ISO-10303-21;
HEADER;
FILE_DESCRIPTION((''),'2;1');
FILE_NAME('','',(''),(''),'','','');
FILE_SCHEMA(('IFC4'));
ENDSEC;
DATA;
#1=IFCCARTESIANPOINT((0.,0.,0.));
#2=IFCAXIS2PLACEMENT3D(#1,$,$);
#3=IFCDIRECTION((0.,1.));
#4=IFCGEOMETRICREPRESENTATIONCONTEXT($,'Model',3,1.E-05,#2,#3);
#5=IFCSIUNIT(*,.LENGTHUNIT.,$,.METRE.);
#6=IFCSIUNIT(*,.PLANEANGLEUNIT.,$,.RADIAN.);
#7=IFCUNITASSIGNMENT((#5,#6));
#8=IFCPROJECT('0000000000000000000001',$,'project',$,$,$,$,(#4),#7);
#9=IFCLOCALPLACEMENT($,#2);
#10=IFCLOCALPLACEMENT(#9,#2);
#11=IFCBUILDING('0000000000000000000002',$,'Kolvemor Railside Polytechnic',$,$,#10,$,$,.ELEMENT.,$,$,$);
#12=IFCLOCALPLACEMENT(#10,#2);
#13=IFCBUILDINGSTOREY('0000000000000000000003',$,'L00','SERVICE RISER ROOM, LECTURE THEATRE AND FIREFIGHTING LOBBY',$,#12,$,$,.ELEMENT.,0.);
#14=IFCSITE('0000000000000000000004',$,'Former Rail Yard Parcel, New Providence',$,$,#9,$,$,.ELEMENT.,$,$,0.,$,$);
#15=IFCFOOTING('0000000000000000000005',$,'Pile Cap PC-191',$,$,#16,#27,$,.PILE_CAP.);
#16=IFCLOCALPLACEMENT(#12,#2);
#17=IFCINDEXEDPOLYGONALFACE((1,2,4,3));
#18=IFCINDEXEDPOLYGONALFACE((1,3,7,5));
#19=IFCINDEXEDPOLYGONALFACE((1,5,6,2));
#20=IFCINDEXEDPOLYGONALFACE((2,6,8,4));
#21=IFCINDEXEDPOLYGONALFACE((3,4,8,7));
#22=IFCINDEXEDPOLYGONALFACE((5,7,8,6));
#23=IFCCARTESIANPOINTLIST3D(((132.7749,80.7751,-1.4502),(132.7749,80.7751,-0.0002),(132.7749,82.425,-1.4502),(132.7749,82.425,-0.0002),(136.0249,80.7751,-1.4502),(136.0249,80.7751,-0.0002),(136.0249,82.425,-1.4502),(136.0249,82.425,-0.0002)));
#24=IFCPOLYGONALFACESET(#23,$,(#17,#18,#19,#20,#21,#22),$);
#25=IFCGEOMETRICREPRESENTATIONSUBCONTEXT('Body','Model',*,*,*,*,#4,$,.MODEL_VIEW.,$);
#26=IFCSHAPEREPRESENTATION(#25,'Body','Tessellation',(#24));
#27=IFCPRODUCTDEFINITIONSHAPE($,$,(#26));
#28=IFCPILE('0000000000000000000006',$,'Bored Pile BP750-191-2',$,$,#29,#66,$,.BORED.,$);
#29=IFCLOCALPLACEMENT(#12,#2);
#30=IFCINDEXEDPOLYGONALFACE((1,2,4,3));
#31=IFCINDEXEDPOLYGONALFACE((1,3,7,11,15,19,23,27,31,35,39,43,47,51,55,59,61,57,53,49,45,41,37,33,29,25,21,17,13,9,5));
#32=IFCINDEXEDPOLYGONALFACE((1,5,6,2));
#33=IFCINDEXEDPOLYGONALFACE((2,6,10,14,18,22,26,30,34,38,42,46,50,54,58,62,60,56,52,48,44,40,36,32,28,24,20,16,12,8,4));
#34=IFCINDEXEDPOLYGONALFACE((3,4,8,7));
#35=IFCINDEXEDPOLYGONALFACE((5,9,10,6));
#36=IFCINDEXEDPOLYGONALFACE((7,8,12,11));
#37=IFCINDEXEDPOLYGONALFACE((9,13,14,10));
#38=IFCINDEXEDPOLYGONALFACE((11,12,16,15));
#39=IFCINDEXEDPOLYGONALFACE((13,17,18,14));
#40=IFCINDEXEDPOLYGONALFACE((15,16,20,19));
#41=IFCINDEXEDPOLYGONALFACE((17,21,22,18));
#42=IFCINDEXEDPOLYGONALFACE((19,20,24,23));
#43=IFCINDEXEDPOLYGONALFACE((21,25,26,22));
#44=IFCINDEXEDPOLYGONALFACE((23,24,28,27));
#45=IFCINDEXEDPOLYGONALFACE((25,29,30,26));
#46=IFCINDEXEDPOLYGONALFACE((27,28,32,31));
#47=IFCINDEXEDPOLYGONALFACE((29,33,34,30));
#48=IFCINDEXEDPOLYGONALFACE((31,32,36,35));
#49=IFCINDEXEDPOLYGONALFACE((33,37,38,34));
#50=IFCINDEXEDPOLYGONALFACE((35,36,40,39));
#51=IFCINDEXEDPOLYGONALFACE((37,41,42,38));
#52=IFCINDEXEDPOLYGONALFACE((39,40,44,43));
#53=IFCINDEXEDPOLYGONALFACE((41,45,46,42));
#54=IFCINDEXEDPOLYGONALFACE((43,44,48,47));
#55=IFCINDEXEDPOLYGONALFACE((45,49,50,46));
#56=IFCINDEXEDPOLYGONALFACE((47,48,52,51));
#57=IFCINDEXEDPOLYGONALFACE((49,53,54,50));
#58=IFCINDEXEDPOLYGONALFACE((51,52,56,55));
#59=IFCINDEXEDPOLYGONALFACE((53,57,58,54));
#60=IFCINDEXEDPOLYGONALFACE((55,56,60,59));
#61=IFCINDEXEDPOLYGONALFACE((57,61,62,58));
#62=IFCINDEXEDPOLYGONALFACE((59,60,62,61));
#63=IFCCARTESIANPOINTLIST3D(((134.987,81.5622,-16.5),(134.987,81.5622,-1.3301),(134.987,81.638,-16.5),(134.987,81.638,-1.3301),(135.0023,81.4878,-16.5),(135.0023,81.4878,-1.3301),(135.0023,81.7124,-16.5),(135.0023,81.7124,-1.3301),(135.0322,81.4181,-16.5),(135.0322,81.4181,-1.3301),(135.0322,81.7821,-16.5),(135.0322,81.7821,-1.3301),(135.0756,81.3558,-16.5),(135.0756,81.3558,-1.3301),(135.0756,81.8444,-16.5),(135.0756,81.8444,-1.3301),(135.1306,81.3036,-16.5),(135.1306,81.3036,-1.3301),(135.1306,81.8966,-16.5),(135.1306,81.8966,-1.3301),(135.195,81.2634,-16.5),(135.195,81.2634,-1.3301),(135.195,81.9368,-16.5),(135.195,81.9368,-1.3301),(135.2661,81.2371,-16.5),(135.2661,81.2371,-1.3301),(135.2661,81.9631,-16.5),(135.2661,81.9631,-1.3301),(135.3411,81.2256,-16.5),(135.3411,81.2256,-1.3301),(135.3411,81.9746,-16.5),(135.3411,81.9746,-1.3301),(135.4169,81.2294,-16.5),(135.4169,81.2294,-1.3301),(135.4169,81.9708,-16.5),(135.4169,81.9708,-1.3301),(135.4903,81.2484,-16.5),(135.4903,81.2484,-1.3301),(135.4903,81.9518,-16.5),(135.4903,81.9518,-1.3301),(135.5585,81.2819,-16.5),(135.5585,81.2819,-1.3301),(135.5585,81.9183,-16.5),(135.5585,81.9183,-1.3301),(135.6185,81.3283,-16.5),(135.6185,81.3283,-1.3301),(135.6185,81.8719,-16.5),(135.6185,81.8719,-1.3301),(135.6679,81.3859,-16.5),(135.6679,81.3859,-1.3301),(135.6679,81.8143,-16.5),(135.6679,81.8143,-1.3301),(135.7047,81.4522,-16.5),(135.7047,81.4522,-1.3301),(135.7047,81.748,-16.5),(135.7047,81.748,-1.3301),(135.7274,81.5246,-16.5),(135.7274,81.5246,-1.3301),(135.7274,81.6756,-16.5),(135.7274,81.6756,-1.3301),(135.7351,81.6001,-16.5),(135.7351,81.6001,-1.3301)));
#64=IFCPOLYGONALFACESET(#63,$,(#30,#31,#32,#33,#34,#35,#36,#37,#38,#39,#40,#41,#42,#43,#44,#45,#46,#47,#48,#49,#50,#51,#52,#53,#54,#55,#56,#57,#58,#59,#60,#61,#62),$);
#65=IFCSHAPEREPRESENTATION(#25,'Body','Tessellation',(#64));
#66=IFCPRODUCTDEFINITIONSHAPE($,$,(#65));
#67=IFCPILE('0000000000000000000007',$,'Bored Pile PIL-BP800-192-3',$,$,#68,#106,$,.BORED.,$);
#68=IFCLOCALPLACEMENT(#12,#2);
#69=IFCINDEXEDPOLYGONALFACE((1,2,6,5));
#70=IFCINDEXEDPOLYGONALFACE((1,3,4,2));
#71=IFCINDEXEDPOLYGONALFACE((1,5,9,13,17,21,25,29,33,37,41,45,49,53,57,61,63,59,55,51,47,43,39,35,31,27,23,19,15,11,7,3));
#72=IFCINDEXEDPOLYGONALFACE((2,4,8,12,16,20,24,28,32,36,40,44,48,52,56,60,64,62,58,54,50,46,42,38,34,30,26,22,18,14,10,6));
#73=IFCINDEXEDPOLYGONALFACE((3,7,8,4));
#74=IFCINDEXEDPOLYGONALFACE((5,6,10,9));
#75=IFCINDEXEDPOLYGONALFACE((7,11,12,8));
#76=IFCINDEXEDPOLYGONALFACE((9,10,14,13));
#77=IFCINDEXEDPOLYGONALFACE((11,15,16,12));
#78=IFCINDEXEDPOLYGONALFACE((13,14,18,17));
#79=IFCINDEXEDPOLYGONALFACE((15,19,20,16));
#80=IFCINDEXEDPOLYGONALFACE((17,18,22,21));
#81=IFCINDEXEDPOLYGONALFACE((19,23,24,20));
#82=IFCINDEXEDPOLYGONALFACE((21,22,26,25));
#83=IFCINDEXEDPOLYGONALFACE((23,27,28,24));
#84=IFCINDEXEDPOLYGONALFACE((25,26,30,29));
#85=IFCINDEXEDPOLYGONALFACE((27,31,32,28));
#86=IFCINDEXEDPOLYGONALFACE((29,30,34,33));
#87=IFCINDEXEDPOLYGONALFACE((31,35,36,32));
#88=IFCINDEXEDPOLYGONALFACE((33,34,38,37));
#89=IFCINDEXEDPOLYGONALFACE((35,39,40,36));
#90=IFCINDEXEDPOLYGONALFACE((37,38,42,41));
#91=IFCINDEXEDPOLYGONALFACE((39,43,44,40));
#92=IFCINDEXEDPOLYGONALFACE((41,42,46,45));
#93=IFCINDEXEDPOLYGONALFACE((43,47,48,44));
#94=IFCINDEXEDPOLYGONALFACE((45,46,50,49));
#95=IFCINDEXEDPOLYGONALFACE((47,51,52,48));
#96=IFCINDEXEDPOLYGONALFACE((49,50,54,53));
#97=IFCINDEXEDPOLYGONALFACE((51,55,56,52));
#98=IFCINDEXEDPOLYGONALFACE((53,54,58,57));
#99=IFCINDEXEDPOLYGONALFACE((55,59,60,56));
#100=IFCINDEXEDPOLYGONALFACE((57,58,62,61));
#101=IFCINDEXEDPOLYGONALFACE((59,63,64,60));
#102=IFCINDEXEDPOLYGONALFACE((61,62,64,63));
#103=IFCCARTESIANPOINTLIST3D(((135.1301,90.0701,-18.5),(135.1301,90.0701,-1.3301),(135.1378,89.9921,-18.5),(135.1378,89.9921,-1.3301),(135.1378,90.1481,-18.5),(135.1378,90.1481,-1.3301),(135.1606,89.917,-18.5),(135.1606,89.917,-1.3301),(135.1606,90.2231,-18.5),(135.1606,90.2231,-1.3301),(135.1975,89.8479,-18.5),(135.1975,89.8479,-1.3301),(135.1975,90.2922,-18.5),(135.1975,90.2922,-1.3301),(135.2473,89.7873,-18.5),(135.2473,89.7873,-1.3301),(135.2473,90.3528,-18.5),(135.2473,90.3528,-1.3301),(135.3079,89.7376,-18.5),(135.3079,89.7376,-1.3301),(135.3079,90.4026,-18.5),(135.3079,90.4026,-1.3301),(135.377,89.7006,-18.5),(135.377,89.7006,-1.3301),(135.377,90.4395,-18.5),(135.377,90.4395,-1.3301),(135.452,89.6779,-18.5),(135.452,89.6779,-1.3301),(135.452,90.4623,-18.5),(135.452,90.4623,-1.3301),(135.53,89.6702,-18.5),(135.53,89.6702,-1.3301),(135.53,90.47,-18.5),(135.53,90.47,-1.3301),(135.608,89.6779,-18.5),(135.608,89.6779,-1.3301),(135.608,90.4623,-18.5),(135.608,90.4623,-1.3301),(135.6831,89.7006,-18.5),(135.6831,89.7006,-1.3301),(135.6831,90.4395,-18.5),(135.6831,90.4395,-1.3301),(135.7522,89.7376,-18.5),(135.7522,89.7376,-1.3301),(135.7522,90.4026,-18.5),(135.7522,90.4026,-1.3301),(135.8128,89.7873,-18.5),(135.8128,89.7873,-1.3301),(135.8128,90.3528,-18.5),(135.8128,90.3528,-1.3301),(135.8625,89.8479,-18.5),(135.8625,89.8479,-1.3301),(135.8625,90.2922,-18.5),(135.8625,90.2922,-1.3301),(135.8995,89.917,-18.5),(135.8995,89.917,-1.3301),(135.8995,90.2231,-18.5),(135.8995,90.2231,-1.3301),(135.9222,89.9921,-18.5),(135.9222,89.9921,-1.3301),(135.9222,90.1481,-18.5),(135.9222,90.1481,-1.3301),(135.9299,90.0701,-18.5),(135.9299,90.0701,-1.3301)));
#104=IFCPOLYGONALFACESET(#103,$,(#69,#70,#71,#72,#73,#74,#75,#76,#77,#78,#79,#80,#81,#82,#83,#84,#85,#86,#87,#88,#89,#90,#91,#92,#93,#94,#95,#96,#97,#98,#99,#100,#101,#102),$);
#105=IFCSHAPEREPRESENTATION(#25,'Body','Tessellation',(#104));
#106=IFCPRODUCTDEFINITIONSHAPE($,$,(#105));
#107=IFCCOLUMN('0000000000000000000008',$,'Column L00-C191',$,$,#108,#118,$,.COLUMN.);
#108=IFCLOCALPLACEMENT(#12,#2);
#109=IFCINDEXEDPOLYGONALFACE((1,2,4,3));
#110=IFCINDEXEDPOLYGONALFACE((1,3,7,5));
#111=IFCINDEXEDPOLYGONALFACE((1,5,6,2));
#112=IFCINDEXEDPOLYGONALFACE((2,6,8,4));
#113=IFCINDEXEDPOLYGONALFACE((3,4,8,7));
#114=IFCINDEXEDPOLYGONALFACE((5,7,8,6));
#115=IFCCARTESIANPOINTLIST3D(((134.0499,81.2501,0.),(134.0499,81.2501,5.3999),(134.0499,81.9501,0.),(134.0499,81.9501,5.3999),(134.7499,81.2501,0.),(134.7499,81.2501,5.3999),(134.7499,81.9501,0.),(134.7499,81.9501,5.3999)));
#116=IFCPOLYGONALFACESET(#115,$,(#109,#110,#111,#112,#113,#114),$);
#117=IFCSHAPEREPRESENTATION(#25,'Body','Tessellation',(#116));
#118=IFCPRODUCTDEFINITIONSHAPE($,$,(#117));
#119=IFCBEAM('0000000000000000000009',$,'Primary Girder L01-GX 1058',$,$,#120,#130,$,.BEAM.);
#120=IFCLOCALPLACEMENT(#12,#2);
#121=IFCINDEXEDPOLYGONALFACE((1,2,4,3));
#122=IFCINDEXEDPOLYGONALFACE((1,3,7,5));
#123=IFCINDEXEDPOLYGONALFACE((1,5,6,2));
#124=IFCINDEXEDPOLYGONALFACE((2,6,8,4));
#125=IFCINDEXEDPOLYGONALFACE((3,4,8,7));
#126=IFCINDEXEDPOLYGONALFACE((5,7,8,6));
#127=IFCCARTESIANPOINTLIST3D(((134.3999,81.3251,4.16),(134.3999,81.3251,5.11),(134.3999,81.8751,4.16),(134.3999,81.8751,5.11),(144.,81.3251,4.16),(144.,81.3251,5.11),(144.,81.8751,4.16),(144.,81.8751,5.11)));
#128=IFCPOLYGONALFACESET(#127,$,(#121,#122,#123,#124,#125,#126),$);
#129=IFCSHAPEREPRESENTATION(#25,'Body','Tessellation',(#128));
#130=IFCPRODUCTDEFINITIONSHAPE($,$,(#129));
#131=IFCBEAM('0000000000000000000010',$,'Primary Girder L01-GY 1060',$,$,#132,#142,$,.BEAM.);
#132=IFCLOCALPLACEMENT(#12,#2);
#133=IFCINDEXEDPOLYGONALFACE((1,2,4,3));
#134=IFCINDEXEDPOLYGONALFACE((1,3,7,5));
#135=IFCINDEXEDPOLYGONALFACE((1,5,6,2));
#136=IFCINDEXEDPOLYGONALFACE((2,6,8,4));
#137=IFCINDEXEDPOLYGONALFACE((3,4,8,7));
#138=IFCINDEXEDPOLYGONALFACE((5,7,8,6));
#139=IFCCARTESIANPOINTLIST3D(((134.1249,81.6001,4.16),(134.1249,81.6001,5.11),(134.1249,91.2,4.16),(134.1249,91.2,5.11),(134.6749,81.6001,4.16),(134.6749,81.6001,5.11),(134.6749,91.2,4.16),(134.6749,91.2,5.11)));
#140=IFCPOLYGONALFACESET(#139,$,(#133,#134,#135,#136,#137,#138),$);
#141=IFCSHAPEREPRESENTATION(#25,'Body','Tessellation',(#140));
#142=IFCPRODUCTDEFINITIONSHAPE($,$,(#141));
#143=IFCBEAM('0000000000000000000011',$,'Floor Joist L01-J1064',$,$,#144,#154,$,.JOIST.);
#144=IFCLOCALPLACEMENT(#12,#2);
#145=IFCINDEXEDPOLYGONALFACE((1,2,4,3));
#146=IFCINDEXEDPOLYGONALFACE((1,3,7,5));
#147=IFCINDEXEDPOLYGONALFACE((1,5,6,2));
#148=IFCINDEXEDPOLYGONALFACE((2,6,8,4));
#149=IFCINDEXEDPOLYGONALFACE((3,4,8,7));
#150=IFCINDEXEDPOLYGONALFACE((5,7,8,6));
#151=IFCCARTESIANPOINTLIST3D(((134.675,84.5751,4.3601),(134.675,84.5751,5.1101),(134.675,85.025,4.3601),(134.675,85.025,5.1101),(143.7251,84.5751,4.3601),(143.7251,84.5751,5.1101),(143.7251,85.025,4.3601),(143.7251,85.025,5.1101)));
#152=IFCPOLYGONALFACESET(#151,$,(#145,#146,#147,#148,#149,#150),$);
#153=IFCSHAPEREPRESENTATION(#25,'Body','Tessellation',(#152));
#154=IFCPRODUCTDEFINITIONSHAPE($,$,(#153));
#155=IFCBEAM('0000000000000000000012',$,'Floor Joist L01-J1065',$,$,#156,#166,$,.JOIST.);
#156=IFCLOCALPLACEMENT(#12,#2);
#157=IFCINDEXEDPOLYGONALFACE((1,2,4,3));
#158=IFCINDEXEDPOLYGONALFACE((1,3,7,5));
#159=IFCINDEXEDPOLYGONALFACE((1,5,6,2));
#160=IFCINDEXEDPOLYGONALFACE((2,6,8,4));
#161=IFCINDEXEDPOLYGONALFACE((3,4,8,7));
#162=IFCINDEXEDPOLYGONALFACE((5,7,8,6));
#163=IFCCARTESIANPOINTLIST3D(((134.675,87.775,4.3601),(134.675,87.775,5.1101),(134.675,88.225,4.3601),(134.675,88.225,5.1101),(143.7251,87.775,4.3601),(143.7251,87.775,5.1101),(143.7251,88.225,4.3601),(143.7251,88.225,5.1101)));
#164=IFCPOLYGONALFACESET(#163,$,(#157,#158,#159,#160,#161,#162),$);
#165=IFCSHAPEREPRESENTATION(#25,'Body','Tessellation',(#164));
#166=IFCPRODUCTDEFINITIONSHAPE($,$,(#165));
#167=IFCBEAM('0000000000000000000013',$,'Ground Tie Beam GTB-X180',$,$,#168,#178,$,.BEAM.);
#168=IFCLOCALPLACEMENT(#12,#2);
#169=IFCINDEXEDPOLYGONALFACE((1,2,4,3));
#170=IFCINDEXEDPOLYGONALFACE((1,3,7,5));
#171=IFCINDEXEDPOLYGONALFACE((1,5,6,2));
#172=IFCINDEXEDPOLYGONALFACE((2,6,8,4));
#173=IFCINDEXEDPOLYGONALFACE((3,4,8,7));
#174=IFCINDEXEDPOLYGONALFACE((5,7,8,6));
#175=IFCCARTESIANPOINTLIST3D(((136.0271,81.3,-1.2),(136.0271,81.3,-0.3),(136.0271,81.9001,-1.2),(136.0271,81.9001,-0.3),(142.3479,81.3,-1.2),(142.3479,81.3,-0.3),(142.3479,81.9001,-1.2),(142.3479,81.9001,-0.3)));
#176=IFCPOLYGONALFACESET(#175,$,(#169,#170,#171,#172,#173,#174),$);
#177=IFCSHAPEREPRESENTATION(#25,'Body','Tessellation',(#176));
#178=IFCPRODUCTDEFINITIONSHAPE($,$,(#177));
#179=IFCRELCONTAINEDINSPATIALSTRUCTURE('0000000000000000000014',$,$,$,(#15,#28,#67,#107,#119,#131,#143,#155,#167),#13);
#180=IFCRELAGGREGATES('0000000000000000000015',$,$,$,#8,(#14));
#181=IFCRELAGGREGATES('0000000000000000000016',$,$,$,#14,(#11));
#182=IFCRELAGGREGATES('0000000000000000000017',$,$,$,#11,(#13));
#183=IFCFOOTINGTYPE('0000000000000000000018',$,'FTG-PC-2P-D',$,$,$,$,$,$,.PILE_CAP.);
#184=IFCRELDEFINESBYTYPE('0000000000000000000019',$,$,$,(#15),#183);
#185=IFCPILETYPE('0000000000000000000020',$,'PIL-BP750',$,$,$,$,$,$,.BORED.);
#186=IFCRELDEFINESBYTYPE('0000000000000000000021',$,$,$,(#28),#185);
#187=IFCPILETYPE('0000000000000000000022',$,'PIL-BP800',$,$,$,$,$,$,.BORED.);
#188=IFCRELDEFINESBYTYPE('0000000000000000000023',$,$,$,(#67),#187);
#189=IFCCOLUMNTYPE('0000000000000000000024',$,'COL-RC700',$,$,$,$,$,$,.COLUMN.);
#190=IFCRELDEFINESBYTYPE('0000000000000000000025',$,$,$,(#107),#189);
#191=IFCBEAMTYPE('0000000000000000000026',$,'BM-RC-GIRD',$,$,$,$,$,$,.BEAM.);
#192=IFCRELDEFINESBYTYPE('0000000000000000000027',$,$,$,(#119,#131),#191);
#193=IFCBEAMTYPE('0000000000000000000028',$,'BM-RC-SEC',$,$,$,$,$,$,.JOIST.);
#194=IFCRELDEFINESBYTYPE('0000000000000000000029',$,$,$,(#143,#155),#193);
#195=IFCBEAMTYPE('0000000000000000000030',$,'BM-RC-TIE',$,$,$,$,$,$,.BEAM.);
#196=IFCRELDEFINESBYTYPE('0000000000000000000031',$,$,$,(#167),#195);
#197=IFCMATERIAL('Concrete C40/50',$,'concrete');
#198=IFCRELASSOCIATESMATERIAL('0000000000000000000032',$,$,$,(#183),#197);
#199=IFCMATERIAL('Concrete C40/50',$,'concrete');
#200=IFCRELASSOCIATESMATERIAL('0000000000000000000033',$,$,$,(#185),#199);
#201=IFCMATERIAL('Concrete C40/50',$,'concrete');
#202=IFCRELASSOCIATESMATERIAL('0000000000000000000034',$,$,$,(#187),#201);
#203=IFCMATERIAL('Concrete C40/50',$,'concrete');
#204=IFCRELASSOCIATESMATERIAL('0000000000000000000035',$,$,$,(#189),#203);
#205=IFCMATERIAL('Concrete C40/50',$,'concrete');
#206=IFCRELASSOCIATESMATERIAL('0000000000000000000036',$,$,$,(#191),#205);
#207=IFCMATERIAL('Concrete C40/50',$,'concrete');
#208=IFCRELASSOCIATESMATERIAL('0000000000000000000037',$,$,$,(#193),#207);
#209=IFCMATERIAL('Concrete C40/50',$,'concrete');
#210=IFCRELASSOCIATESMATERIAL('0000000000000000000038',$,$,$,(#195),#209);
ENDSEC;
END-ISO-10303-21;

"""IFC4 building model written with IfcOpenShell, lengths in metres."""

from ifc_helpers import new_model, si_unit, direction, frame, origin, origin_2d, place, context, subcontext, project, spatial, rectangle, circle, extrude, material, material_profile, profile_set, type_object, element, save


model = new_model("IFC4")

# Units and contexts
model_context = context("Model", 3, precision=1e-05, world=origin(), true_north=direction((0.0, 1.0)))
body_context = subcontext(model_context, "Body", "Model", "MODEL_VIEW")
ifc_project = project(units=[si_unit("LENGTHUNIT", "METRE"), si_unit("PLANEANGLEUNIT", "RADIAN")], contexts=[model_context])

# Site, building, storey
site_placement = place(None, origin())
site = spatial("IfcSite", under=ifc_project, at=site_placement, Name="Former Rail Yard Parcel, New Providence", CompositionType="ELEMENT", RefElevation=0.0)
building_placement = place(site_placement, origin())
building = spatial("IfcBuilding", under=site, at=building_placement, Name="Kolvemor Railside Polytechnic", CompositionType="ELEMENT")
storey_placement = place(building_placement, origin())
storey = spatial("IfcBuildingStorey", under=building, at=storey_placement, Name="L00", Description="SERVICE RISER ROOM, LECTURE THEATRE AND FIREFIGHTING LOBBY", CompositionType="ELEMENT", Elevation=0.0)

# Footing
ifc_material_1 = material(Name="Concrete C40/50", Category="concrete")
footing_type = type_object("IfcFootingType", Name="FTG-PC-2P-D", PredefinedType="PILE_CAP", material=ifc_material_1)
footing_placement = place(storey_placement, frame((134.3999, 81.6001, -1.4502), z_axis=(0.0, 0.0, 1.0), x_axis=(1.0, 0.0, 0.0)))
element("IfcFooting", 1, at=footing_placement, inside=storey, type_object=footing_type, Name="Pile Cap PC-191", PredefinedType="PILE_CAP", context=body_context, shape_type="SweptSolid", body=[
    extrude(rectangle(XDim=3.25, YDim=1.6499, at=origin_2d()), origin(), (0.0, 0.0, 1.0), 1.45),
])

# Piles
ifc_material_2 = material(Name="Concrete C40/50", Category="concrete")
ifc_material_profile_1 = material_profile(ifc_material_2, circle(Radius=0.375, at=origin_2d()), Name="BP750")
ifc_profile_set_1 = profile_set([ifc_material_profile_1], Name="Concrete C40/50")
pile_type_1 = type_object("IfcPileType", Name="PIL-BP750", PredefinedType="BORED", material=ifc_profile_set_1)
pile_1_placement = place(storey_placement, frame((135.3601, 81.6001, -1.3301), z_axis=(0.0, 0.0, -1.0), x_axis=(1.0, 0.0, 0.0)))
element("IfcPile", 2, at=pile_1_placement, inside=storey, type_object=pile_type_1, Name="Bored Pile BP750-191-2", PredefinedType="BORED", context=body_context, shape_type="SweptSolid", body=[
    extrude(circle(Radius=0.375, at=origin_2d()), origin(), (0.0, 0.0, 1.0), 15.1699),
])
ifc_material_3 = material(Name="Concrete C40/50", Category="concrete")
ifc_material_profile_2 = material_profile(ifc_material_3, circle(Radius=0.3999, at=origin_2d()), Name="BP800")
ifc_profile_set_2 = profile_set([ifc_material_profile_2], Name="Concrete C40/50")
pile_type_2 = type_object("IfcPileType", Name="PIL-BP800", PredefinedType="BORED", material=ifc_profile_set_2)
pile_2_placement = place(storey_placement, frame((135.53, 90.0701, -1.3301), z_axis=(0.0, 0.0, -1.0), x_axis=(1.0, 0.0, 0.0)))
element("IfcPile", 3, at=pile_2_placement, inside=storey, type_object=pile_type_2, Name="Bored Pile PIL-BP800-192-3", PredefinedType="BORED", context=body_context, shape_type="SweptSolid", body=[
    extrude(circle(Radius=0.3999, at=origin_2d()), origin(), (0.0, 0.0, 1.0), 17.1699),
])

# Column
ifc_material_4 = material(Name="Concrete C40/50", Category="concrete")
ifc_material_profile_3 = material_profile(ifc_material_4, rectangle(XDim=0.7, YDim=0.7, at=origin_2d()), Name="RC700x700")
ifc_profile_set_3 = profile_set([ifc_material_profile_3], Name="Concrete C40/50")
column_type = type_object("IfcColumnType", Name="COL-RC700", PredefinedType="COLUMN", material=ifc_profile_set_3)
column_placement = place(storey_placement, frame((134.3999, 81.6001, 0.0), z_axis=(0.0, 0.0, 1.0), x_axis=(1.0, 0.0, 0.0)))
element("IfcColumn", 4, at=column_placement, inside=storey, type_object=column_type, Name="Column L00-C191", PredefinedType="COLUMN", context=body_context, shape_type="SweptSolid", body=[
    extrude(rectangle(XDim=0.7, YDim=0.7, at=origin_2d()), origin(), (0.0, 0.0, 1.0), 5.3999),
])

# Beams
ifc_material_5 = material(Name="Concrete C40/50", Category="concrete")
ifc_material_profile_4 = material_profile(ifc_material_5, rectangle(XDim=0.55, YDim=0.95, at=origin_2d()), Name="RC550x950")
ifc_profile_set_4 = profile_set([ifc_material_profile_4], Name="Concrete C40/50")
beam_type_1 = type_object("IfcBeamType", Name="BM-RC-GIRD", PredefinedType="BEAM", material=ifc_profile_set_4)
beam_1_placement = place(storey_placement, frame((134.3999, 81.6001, 4.635), z_axis=(1.0, 0.0, 0.0), x_axis=(0.0, 1.0, 0.0)))
element("IfcBeam", 5, at=beam_1_placement, inside=storey, type_object=beam_type_1, Name="Primary Girder L01-GX 1058", PredefinedType="BEAM", context=body_context, shape_type="SweptSolid", body=[
    extrude(rectangle(XDim=0.55, YDim=0.95, at=origin_2d()), origin(), (0.0, 0.0, 1.0), 9.6001),
])
beam_2_placement = place(storey_placement, frame((134.3999, 81.6001, 4.635), z_axis=(0.0, 1.0, 0.0), x_axis=(-1.0, 0.0, 0.0)))
element("IfcBeam", 6, at=beam_2_placement, inside=storey, type_object=beam_type_1, Name="Primary Girder L01-GY 1060", PredefinedType="BEAM", context=body_context, shape_type="SweptSolid", body=[
    extrude(rectangle(XDim=0.55, YDim=0.95, at=origin_2d()), origin(), (0.0, 0.0, 1.0), 9.5999),
])
ifc_material_6 = material(Name="Concrete C40/50", Category="concrete")
ifc_material_profile_5 = material_profile(ifc_material_6, rectangle(XDim=0.45, YDim=0.75, at=origin_2d()), Name="RC450x750")
ifc_profile_set_5 = profile_set([ifc_material_profile_5], Name="Concrete C40/50")
beam_type_2 = type_object("IfcBeamType", Name="BM-RC-SEC", PredefinedType="JOIST", material=ifc_profile_set_5)
for number, where, z_axis, x_axis, name in (
    (7, (134.675, 84.8, 4.7351), (1.0, 0.0, 0.0), (0.0, 1.0, 0.0), "Floor Joist L01-J1064"),
    (8, (134.675, 88.0, 4.7351), (1.0, 0.0, 0.0), (0.0, 1.0, 0.0), "Floor Joist L01-J1065"),
):
    element("IfcBeam", number, at=place(storey_placement, frame(where, z_axis=z_axis, x_axis=x_axis)), inside=storey, type_object=beam_type_2, Name=name, PredefinedType="JOIST", context=body_context, shape_type="SweptSolid", body=[
        extrude(rectangle(XDim=0.45, YDim=0.75, at=origin_2d()), origin(), (0.0, 0.0, 1.0), 9.05),
    ])
ifc_material_7 = material(Name="Concrete C40/50", Category="concrete")
ifc_material_profile_6 = material_profile(ifc_material_7, rectangle(XDim=0.6001, YDim=0.8999, at=origin_2d()), Name="RC600x900")
ifc_profile_set_6 = profile_set([ifc_material_profile_6], Name="Concrete C40/50")
beam_type_3 = type_object("IfcBeamType", Name="BM-RC-TIE", PredefinedType="BEAM", material=ifc_profile_set_6)
beam_3_placement = place(storey_placement, frame((136.0271, 81.6001, -0.75), z_axis=(1.0, 0.0, 0.0), x_axis=(0.0, 1.0, 0.0)))
element("IfcBeam", 9, at=beam_3_placement, inside=storey, type_object=beam_type_3, Name="Ground Tie Beam GTB-X180", PredefinedType="BEAM", context=body_context, shape_type="SweptSolid", body=[
    extrude(rectangle(XDim=0.6001, YDim=0.8999, at=origin_2d()), origin(), (0.0, 0.0, 1.0), 6.3208),
])

save(model, "model.ifc")
